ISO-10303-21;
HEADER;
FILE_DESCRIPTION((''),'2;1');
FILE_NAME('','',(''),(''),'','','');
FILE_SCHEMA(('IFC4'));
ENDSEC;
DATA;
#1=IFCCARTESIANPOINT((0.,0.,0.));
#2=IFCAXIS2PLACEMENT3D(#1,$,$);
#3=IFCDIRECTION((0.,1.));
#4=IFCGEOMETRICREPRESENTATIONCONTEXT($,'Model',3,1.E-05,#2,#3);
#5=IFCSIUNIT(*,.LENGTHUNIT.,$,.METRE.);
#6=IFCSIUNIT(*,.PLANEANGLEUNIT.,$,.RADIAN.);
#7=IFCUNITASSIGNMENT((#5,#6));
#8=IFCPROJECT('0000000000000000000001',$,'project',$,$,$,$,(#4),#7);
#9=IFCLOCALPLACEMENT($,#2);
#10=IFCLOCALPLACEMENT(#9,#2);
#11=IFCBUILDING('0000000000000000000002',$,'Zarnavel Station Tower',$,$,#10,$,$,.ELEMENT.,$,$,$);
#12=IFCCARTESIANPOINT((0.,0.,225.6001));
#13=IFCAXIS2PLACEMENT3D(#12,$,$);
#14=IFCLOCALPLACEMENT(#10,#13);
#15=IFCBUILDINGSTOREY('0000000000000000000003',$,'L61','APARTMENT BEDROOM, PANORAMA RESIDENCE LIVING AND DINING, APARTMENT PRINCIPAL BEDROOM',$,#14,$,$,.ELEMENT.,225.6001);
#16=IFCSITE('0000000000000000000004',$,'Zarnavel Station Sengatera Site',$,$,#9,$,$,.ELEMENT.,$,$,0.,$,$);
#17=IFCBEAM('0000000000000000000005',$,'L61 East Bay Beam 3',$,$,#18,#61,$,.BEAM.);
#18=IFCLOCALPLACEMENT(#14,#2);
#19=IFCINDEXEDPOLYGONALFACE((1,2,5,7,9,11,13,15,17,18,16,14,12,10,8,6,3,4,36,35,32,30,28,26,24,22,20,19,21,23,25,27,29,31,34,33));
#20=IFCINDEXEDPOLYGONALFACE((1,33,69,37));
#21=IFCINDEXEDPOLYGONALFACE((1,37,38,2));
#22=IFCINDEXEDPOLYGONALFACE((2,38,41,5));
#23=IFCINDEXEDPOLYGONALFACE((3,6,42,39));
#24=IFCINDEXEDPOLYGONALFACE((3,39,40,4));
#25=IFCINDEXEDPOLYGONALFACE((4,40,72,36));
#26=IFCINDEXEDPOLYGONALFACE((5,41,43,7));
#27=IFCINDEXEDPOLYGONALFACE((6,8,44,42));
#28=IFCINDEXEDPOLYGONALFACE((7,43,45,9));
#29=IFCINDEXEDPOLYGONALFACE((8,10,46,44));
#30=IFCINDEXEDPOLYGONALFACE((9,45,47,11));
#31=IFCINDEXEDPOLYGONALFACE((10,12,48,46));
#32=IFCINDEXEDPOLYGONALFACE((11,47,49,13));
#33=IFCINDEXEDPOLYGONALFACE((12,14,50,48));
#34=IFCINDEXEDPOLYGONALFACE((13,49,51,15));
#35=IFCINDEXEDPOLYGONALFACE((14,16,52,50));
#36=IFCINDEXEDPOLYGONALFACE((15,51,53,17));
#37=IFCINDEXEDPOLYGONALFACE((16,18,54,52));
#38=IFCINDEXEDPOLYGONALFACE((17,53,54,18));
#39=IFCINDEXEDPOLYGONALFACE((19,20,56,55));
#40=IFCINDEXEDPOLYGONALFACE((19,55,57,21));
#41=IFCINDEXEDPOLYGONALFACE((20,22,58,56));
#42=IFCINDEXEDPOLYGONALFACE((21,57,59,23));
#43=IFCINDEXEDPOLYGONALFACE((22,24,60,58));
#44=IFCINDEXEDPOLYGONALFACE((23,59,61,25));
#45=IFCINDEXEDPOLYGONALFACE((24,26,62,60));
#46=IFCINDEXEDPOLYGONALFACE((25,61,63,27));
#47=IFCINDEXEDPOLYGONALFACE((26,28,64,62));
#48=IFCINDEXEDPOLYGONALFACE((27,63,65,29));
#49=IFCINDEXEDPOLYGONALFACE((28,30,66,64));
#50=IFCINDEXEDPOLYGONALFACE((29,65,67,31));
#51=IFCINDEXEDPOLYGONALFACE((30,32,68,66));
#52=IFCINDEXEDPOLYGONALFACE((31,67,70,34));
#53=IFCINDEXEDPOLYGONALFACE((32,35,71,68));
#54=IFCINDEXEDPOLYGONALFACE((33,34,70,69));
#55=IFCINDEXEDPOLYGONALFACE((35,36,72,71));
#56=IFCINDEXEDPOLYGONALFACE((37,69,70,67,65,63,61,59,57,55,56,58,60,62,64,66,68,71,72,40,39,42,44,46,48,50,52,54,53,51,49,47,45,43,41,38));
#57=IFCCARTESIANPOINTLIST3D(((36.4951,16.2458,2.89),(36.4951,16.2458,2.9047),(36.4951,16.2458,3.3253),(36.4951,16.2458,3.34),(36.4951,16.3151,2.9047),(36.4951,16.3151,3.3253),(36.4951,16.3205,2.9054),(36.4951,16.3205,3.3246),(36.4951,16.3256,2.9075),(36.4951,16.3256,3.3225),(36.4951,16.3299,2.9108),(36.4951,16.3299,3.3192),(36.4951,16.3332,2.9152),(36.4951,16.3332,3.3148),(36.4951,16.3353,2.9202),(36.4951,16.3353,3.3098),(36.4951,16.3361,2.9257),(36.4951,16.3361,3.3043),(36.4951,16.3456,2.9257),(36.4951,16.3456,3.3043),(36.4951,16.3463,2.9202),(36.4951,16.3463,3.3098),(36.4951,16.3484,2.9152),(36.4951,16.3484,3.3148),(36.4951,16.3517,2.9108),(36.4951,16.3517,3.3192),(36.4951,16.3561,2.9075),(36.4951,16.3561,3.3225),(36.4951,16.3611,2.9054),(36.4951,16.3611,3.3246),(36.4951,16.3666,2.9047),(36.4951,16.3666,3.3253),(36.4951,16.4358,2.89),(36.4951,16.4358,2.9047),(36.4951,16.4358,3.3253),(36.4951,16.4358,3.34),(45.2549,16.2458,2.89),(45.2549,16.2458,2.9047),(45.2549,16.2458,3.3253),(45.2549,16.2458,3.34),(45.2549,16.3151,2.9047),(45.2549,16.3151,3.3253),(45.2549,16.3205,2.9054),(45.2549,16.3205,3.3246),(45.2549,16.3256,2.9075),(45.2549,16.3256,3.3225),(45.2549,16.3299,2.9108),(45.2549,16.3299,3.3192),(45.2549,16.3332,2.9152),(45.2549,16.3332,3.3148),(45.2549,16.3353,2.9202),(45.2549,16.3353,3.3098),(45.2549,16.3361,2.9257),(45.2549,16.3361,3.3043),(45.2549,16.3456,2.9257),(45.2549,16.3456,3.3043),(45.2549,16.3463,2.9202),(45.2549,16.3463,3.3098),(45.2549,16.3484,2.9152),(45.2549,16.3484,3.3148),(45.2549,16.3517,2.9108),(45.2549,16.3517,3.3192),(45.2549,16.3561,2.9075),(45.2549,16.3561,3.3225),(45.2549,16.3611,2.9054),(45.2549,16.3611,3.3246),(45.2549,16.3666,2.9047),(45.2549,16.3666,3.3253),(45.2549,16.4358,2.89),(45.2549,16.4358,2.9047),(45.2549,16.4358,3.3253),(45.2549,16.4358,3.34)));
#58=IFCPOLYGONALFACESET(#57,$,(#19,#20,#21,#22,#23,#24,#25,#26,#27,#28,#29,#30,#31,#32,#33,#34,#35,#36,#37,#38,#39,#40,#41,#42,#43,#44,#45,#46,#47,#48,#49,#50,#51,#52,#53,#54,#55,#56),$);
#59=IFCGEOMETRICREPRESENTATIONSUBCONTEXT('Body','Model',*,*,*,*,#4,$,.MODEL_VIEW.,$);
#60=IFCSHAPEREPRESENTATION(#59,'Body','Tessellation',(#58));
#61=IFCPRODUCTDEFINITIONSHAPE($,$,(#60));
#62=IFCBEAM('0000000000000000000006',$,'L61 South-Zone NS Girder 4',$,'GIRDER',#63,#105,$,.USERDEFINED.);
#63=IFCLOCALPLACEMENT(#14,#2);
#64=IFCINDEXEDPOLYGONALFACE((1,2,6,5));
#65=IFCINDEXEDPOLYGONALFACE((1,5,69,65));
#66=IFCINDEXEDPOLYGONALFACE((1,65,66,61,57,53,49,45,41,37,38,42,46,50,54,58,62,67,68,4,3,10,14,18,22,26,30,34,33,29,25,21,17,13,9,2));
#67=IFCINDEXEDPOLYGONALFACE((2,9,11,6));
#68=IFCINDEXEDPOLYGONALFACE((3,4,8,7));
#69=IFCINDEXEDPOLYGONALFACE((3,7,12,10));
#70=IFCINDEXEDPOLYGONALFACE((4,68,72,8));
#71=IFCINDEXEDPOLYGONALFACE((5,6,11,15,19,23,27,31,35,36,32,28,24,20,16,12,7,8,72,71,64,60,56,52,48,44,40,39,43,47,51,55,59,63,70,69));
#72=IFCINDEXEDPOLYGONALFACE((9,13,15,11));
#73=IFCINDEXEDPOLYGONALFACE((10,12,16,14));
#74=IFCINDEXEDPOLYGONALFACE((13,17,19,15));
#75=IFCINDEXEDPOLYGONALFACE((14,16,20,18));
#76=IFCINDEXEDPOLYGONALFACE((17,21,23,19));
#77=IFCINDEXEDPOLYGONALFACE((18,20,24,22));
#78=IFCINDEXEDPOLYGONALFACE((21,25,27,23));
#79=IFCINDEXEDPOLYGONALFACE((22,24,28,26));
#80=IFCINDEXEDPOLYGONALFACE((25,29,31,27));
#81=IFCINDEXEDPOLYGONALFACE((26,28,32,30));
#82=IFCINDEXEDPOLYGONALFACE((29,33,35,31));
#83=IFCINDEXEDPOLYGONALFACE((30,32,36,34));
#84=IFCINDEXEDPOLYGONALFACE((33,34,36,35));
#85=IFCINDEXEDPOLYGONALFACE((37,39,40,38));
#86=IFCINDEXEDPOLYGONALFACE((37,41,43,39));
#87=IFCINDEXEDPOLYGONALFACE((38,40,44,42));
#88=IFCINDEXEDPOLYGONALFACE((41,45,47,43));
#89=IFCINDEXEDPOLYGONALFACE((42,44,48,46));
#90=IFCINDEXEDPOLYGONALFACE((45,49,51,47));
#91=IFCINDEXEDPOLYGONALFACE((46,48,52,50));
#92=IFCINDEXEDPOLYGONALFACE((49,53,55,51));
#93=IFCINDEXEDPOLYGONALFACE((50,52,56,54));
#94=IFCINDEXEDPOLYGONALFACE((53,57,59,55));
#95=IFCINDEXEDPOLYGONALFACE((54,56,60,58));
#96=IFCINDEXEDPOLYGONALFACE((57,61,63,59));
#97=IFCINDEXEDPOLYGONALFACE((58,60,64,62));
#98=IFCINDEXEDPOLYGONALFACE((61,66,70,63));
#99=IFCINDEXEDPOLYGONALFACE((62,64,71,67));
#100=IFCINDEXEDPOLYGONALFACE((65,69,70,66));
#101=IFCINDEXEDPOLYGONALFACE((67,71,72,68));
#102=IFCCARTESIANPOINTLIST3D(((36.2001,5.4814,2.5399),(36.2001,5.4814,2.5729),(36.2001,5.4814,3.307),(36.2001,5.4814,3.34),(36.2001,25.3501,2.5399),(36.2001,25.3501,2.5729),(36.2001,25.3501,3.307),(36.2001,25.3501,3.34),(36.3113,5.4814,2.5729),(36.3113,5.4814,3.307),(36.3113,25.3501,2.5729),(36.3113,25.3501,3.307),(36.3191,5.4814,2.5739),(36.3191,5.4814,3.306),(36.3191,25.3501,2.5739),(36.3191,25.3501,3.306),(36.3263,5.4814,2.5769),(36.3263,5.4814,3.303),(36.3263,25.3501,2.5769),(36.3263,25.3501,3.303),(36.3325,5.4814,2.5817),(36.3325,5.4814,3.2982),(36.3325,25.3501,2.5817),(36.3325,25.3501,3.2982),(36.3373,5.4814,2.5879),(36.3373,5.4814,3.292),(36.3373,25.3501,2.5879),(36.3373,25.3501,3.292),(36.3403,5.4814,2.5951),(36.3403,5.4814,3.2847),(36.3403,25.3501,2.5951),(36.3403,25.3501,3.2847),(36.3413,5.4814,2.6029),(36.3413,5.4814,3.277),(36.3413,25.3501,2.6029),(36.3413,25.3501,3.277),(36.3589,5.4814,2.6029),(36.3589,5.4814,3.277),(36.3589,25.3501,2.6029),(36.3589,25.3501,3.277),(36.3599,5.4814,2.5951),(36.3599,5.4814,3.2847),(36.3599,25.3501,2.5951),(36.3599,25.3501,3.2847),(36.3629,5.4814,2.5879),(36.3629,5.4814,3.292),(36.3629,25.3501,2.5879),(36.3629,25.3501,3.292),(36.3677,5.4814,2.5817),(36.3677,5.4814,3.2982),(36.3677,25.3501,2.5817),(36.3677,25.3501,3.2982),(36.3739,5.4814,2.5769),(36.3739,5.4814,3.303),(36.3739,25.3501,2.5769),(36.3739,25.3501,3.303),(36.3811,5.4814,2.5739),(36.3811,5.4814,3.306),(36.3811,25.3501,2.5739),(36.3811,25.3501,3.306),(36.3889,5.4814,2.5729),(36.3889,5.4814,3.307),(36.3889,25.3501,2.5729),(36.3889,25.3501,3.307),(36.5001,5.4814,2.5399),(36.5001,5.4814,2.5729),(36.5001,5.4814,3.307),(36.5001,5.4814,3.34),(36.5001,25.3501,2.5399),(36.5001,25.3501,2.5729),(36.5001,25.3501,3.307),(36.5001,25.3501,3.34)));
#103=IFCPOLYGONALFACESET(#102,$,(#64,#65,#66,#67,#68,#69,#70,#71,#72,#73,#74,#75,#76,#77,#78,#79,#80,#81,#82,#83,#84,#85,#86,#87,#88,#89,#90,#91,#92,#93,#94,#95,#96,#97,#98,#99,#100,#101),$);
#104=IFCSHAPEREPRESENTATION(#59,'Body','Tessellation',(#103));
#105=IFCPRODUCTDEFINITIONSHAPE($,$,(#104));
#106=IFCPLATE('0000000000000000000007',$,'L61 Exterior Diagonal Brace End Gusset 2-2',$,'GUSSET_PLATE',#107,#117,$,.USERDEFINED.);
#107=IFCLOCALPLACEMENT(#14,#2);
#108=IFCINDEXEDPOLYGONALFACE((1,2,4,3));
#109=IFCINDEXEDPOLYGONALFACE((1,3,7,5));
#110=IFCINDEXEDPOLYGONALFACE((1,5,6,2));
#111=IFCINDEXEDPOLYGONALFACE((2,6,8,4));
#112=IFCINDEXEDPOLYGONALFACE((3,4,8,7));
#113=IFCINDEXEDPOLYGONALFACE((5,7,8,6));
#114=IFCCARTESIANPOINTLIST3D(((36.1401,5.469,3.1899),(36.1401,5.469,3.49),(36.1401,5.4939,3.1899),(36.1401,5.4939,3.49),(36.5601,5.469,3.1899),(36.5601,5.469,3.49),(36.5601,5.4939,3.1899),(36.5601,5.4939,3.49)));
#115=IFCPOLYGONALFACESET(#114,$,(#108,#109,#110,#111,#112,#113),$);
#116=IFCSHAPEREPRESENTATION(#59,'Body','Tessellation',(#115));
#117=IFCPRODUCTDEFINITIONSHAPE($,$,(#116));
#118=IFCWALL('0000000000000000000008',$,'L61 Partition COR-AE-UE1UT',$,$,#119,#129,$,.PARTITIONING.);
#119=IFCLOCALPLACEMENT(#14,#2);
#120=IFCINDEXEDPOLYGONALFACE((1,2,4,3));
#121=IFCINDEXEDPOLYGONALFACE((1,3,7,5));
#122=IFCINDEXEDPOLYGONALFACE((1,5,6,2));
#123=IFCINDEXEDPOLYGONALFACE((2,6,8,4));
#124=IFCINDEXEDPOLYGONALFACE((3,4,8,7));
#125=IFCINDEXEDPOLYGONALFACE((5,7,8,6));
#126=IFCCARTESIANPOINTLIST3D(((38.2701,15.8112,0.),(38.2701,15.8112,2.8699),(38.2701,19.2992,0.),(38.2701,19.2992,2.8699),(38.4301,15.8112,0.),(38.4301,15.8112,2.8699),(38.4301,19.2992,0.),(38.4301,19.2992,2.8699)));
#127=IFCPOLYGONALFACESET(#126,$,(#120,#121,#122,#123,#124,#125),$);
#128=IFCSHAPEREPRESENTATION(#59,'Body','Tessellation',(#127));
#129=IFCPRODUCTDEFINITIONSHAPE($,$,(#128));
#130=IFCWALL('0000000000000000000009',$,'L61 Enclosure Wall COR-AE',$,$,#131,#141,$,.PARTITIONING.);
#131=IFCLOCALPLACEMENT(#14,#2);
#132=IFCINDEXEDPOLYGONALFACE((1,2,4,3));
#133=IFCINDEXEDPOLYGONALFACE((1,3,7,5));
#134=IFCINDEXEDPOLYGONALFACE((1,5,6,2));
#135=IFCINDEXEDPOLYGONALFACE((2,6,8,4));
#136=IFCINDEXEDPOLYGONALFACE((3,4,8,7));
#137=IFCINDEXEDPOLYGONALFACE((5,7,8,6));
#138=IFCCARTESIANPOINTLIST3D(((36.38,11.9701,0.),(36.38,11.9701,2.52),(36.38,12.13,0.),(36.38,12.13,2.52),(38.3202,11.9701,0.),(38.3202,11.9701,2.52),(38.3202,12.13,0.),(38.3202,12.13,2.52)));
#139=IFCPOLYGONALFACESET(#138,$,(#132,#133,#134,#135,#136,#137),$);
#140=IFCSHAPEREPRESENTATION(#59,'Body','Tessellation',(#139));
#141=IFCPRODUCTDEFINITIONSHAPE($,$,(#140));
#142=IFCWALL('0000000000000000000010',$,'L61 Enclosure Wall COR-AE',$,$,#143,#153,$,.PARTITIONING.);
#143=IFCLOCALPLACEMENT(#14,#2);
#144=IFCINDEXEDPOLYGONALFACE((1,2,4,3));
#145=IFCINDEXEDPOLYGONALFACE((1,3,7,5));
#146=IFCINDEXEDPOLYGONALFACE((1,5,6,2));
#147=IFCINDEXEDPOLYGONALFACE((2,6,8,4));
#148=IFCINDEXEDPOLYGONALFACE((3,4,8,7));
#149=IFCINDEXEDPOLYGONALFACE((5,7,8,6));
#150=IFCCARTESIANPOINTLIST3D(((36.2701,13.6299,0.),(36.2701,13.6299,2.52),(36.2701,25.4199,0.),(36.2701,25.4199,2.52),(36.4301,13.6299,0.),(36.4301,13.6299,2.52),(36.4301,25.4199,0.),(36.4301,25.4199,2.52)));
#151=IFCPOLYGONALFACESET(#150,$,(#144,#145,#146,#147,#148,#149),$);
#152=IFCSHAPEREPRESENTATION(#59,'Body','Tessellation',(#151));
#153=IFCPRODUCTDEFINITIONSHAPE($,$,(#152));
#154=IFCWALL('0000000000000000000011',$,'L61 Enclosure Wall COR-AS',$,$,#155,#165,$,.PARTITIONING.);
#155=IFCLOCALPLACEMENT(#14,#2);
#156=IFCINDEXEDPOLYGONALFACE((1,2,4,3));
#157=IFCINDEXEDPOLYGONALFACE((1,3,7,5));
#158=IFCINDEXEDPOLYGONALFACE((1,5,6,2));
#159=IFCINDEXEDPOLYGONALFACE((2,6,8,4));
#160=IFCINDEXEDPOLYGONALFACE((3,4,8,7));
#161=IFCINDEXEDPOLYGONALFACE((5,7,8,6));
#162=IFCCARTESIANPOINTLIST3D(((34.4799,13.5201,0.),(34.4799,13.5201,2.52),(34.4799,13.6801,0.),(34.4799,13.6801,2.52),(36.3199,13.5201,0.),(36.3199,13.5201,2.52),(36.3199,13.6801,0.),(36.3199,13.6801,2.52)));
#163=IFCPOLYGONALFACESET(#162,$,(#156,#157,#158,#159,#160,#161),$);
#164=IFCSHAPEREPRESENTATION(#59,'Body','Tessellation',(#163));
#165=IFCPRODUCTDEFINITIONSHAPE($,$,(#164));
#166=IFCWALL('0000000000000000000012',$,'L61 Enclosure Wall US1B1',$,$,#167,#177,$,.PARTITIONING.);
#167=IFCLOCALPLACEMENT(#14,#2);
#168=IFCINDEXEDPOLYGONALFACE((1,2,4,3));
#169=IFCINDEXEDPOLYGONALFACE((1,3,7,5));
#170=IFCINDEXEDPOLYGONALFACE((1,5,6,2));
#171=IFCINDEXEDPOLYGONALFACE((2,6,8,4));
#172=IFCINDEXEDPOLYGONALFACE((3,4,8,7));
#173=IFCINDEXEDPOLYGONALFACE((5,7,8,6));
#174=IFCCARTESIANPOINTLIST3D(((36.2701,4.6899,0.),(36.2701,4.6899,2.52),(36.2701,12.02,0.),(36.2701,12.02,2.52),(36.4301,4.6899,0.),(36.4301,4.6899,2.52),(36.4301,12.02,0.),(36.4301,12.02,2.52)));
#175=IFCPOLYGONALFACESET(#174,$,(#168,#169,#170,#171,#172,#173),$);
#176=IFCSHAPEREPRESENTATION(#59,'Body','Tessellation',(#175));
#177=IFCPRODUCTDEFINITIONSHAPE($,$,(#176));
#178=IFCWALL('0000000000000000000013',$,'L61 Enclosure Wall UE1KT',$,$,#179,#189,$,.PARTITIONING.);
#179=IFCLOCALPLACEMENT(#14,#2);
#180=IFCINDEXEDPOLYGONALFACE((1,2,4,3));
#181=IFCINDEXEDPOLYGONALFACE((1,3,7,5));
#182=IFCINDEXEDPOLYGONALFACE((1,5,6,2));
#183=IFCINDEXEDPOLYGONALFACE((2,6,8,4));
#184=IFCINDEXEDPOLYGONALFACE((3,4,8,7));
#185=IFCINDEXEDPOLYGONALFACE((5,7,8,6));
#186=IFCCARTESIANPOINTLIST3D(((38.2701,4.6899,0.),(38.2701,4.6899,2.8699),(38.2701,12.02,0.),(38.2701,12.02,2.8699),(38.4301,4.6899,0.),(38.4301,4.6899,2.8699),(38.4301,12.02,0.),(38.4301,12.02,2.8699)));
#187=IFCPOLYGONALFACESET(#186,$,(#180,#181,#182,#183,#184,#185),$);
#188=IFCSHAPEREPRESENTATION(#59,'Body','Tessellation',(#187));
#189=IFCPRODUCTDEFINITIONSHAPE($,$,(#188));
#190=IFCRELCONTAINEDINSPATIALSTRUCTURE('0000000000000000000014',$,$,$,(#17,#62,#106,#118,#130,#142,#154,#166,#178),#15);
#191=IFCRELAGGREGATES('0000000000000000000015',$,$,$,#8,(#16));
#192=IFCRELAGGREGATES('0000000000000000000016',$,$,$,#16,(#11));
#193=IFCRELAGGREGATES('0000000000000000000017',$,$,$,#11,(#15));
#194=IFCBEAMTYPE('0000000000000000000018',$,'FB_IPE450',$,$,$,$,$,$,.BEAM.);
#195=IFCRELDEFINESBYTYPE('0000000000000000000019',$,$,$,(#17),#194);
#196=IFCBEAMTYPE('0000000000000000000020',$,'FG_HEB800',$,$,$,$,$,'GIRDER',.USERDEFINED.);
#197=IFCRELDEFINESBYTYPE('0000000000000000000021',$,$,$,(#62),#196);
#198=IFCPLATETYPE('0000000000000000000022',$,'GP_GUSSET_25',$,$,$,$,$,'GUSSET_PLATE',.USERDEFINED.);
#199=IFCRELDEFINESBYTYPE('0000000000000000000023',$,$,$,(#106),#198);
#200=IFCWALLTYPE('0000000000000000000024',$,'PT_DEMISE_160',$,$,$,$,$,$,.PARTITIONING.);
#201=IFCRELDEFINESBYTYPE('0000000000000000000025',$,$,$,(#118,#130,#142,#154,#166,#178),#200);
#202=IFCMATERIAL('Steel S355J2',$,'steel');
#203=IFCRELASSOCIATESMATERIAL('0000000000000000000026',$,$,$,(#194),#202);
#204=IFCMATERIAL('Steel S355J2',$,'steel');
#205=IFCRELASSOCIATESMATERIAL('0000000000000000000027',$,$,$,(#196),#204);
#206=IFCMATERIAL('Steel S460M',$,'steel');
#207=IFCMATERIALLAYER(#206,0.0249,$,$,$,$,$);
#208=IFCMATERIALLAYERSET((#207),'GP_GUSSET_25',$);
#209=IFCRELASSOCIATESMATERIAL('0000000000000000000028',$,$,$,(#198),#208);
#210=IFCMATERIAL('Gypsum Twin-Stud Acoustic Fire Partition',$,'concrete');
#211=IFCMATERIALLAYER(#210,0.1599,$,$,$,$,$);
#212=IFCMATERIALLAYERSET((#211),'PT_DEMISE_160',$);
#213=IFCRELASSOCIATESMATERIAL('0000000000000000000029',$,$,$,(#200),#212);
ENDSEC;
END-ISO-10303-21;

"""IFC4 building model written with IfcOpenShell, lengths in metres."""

from ifc_helpers import new_model, si_unit, direction, frame, frame_2d, origin, origin_2d, place, context, subcontext, project, spatial, rectangle, i_section, extrude, material, layer, layer_set, material_profile, profile_set, type_object, element, save


model = new_model("IFC4")

# Units and contexts
model_context = context("Model", 3, precision=1e-05, world=origin(), true_north=direction((0.0, 1.0)))
body_context = subcontext(model_context, "Body", "Model", "MODEL_VIEW")
ifc_project = project(units=[si_unit("LENGTHUNIT", "METRE"), si_unit("PLANEANGLEUNIT", "RADIAN")], contexts=[model_context])

# Site, building, storey
site_placement = place(None, origin())
site = spatial("IfcSite", under=ifc_project, at=site_placement, Name="Zarnavel Station Sengatera Site", CompositionType="ELEMENT", RefElevation=0.0)
building_placement = place(site_placement, origin())
building = spatial("IfcBuilding", under=site, at=building_placement, Name="Zarnavel Station Tower", CompositionType="ELEMENT")
storey_placement = place(building_placement, frame((0.0, 0.0, 225.6001)))
storey = spatial("IfcBuildingStorey", under=building, at=storey_placement, Name="L61", Description="APARTMENT BEDROOM, PANORAMA RESIDENCE LIVING AND DINING, APARTMENT PRINCIPAL BEDROOM", CompositionType="ELEMENT", Elevation=225.6001)

# Beams
ifc_material_1 = material(Name="Steel S355J2", Category="steel")
ifc_material_profile_1 = material_profile(ifc_material_1, i_section(OverallWidth=0.1899, OverallDepth=0.45, WebThickness=0.0095, FlangeThickness=0.0146, FilletRadius=0.021, at=origin_2d()), Name="IPE450")
ifc_profile_set_1 = profile_set([ifc_material_profile_1], Name="Steel S355J2")
beam_type_1 = type_object("IfcBeamType", Name="FB_IPE450", PredefinedType="BEAM", material=ifc_profile_set_1)
for number, where, z_axis, x_axis, name in (
    (1, (36.4951, 16.3408, 3.115), (1.0, 0.0, 0.0), (0.0, 1.0, 0.0), "L61 East Bay Beam 3"),
):
    element("IfcBeam", number, at=place(storey_placement, frame(where, z_axis=z_axis, x_axis=x_axis)), inside=storey, type_object=beam_type_1, Name=name, PredefinedType="BEAM", context=body_context, shape_type="SweptSolid", body=[
        extrude(i_section(OverallWidth=0.1899, OverallDepth=0.45, WebThickness=0.0095, FlangeThickness=0.0146, FilletRadius=0.021, at=origin_2d()), origin(), (0.0, 0.0, 1.0), 8.7598),
    ])
ifc_material_2 = material(Name="Steel S355J2", Category="steel")
ifc_material_profile_2 = material_profile(ifc_material_2, i_section(OverallWidth=0.3, OverallDepth=0.8, WebThickness=0.0176, FlangeThickness=0.033, FilletRadius=0.03, at=origin_2d()), Name="HEB800")
ifc_profile_set_2 = profile_set([ifc_material_profile_2], Name="Steel S355J2")
beam_type_2 = type_object("IfcBeamType", Name="FG_HEB800", ElementType="GIRDER", PredefinedType="USERDEFINED", material=ifc_profile_set_2)
beam_1_placement = place(storey_placement, frame((36.3501, 5.4814, 2.9399), z_axis=(0.0, 1.0, 0.0), x_axis=(-1.0, 0.0, 0.0)))
element("IfcBeam", 2, at=beam_1_placement, inside=storey, type_object=beam_type_2, Name="L61 South-Zone NS Girder 4", ObjectType="GIRDER", PredefinedType="USERDEFINED", context=body_context, shape_type="SweptSolid", body=[
    extrude(i_section(OverallWidth=0.3, OverallDepth=0.8, WebThickness=0.0176, FlangeThickness=0.033, FilletRadius=0.03, at=origin_2d()), origin(), (0.0, 0.0, 1.0), 19.8687),
])

# Plate
ifc_material_3 = material(Name="Steel S460M", Category="steel")
ifc_layer_1 = layer(ifc_material_3, 0.0249)
ifc_layer_set_1 = layer_set([ifc_layer_1], Name="GP_GUSSET_25")
plate_type = type_object("IfcPlateType", Name="GP_GUSSET_25", ElementType="GUSSET_PLATE", PredefinedType="USERDEFINED", material=ifc_layer_set_1)
plate_placement = place(storey_placement, frame((36.3501, 5.4814, 3.1899), z_axis=(0.0, 0.0, 1.0), x_axis=(1.0, 0.0, 0.0)))
element("IfcPlate", 3, at=plate_placement, inside=storey, type_object=plate_type, Name="L61 Exterior Diagonal Brace End Gusset 2-2", ObjectType="GUSSET_PLATE", PredefinedType="USERDEFINED", context=body_context, shape_type="SweptSolid", body=[
    extrude(rectangle(XDim=0.4199, YDim=0.0249, at=origin_2d()), origin(), (0.0, 0.0, 1.0), 0.3),
])

# Walls
ifc_material_4 = material(Name="Gypsum Twin-Stud Acoustic Fire Partition", Category="concrete")
ifc_layer_2 = layer(ifc_material_4, 0.1599)
ifc_layer_set_2 = layer_set([ifc_layer_2], Name="PT_DEMISE_160")
wall_type_1 = type_object("IfcWallType", Name="PT_DEMISE_160", PredefinedType="PARTITIONING", material=ifc_layer_set_2)
wall_1_placement = place(storey_placement, frame((38.3501, 15.811, 0.0), z_axis=(0.0, 0.0, 1.0), x_axis=(0.0, 1.0, 0.0)))
element("IfcWall", 4, at=wall_1_placement, inside=storey, type_object=wall_type_1, Name="L61 Partition COR-AE-UE1UT", PredefinedType="PARTITIONING", context=body_context, shape_type="SweptSolid", body=[
    extrude(rectangle(XDim=3.488, YDim=0.1599, at=frame_2d((1.7441, 0.0))), origin(), (0.0, 0.0, 1.0), 2.8699),
])
wall_2_placement = place(storey_placement, frame((36.3799, 12.05, 0.0), z_axis=(0.0, 0.0, 1.0), x_axis=(1.0, 0.0, 0.0)))
element("IfcWall", 5, at=wall_2_placement, inside=storey, type_object=wall_type_1, Name="L61 Enclosure Wall COR-AE", PredefinedType="PARTITIONING", context=body_context, shape_type="SweptSolid", body=[
    extrude(rectangle(XDim=1.9402, YDim=0.1599, at=frame_2d((0.9702, 0.0))), origin(), (0.0, 0.0, 1.0), 2.52),
])
wall_3_placement = place(storey_placement, frame((36.3501, 13.6299, 0.0), z_axis=(0.0, 0.0, 1.0), x_axis=(0.0, 1.0, 0.0)))
element("IfcWall", 6, at=wall_3_placement, inside=storey, type_object=wall_type_1, Name="L61 Enclosure Wall COR-AE", PredefinedType="PARTITIONING", context=body_context, shape_type="SweptSolid", body=[
    extrude(rectangle(XDim=11.79, YDim=0.1599, at=frame_2d((5.895, 0.0))), origin(), (0.0, 0.0, 1.0), 2.52),
])
wall_4_placement = place(storey_placement, frame((34.48, 13.6001, 0.0), z_axis=(0.0, 0.0, 1.0), x_axis=(1.0, 0.0, 0.0)))
element("IfcWall", 7, at=wall_4_placement, inside=storey, type_object=wall_type_1, Name="L61 Enclosure Wall COR-AS", PredefinedType="PARTITIONING", context=body_context, shape_type="SweptSolid", body=[
    extrude(rectangle(XDim=1.8401, YDim=0.1599, at=frame_2d((0.9199, 0.0))), origin(), (0.0, 0.0, 1.0), 2.52),
])
wall_5_placement = place(storey_placement, frame((36.3501, 4.6899, 0.0), z_axis=(0.0, 0.0, 1.0), x_axis=(0.0, 1.0, 0.0)))
element("IfcWall", 8, at=wall_5_placement, inside=storey, type_object=wall_type_1, Name="L61 Enclosure Wall US1B1", PredefinedType="PARTITIONING", context=body_context, shape_type="SweptSolid", body=[
    extrude(rectangle(XDim=7.3301, YDim=0.1599, at=frame_2d((3.665, 0.0))), origin(), (0.0, 0.0, 1.0), 2.52),
])
wall_6_placement = place(storey_placement, frame((38.3501, 4.6899, 0.0), z_axis=(0.0, 0.0, 1.0), x_axis=(0.0, 1.0, 0.0)))
element("IfcWall", 9, at=wall_6_placement, inside=storey, type_object=wall_type_1, Name="L61 Enclosure Wall UE1KT", PredefinedType="PARTITIONING", context=body_context, shape_type="SweptSolid", body=[
    extrude(rectangle(XDim=7.3301, YDim=0.1599, at=frame_2d((3.665, 0.0))), origin(), (0.0, 0.0, 1.0), 2.8699),
])

save(model, "model.ifc")
